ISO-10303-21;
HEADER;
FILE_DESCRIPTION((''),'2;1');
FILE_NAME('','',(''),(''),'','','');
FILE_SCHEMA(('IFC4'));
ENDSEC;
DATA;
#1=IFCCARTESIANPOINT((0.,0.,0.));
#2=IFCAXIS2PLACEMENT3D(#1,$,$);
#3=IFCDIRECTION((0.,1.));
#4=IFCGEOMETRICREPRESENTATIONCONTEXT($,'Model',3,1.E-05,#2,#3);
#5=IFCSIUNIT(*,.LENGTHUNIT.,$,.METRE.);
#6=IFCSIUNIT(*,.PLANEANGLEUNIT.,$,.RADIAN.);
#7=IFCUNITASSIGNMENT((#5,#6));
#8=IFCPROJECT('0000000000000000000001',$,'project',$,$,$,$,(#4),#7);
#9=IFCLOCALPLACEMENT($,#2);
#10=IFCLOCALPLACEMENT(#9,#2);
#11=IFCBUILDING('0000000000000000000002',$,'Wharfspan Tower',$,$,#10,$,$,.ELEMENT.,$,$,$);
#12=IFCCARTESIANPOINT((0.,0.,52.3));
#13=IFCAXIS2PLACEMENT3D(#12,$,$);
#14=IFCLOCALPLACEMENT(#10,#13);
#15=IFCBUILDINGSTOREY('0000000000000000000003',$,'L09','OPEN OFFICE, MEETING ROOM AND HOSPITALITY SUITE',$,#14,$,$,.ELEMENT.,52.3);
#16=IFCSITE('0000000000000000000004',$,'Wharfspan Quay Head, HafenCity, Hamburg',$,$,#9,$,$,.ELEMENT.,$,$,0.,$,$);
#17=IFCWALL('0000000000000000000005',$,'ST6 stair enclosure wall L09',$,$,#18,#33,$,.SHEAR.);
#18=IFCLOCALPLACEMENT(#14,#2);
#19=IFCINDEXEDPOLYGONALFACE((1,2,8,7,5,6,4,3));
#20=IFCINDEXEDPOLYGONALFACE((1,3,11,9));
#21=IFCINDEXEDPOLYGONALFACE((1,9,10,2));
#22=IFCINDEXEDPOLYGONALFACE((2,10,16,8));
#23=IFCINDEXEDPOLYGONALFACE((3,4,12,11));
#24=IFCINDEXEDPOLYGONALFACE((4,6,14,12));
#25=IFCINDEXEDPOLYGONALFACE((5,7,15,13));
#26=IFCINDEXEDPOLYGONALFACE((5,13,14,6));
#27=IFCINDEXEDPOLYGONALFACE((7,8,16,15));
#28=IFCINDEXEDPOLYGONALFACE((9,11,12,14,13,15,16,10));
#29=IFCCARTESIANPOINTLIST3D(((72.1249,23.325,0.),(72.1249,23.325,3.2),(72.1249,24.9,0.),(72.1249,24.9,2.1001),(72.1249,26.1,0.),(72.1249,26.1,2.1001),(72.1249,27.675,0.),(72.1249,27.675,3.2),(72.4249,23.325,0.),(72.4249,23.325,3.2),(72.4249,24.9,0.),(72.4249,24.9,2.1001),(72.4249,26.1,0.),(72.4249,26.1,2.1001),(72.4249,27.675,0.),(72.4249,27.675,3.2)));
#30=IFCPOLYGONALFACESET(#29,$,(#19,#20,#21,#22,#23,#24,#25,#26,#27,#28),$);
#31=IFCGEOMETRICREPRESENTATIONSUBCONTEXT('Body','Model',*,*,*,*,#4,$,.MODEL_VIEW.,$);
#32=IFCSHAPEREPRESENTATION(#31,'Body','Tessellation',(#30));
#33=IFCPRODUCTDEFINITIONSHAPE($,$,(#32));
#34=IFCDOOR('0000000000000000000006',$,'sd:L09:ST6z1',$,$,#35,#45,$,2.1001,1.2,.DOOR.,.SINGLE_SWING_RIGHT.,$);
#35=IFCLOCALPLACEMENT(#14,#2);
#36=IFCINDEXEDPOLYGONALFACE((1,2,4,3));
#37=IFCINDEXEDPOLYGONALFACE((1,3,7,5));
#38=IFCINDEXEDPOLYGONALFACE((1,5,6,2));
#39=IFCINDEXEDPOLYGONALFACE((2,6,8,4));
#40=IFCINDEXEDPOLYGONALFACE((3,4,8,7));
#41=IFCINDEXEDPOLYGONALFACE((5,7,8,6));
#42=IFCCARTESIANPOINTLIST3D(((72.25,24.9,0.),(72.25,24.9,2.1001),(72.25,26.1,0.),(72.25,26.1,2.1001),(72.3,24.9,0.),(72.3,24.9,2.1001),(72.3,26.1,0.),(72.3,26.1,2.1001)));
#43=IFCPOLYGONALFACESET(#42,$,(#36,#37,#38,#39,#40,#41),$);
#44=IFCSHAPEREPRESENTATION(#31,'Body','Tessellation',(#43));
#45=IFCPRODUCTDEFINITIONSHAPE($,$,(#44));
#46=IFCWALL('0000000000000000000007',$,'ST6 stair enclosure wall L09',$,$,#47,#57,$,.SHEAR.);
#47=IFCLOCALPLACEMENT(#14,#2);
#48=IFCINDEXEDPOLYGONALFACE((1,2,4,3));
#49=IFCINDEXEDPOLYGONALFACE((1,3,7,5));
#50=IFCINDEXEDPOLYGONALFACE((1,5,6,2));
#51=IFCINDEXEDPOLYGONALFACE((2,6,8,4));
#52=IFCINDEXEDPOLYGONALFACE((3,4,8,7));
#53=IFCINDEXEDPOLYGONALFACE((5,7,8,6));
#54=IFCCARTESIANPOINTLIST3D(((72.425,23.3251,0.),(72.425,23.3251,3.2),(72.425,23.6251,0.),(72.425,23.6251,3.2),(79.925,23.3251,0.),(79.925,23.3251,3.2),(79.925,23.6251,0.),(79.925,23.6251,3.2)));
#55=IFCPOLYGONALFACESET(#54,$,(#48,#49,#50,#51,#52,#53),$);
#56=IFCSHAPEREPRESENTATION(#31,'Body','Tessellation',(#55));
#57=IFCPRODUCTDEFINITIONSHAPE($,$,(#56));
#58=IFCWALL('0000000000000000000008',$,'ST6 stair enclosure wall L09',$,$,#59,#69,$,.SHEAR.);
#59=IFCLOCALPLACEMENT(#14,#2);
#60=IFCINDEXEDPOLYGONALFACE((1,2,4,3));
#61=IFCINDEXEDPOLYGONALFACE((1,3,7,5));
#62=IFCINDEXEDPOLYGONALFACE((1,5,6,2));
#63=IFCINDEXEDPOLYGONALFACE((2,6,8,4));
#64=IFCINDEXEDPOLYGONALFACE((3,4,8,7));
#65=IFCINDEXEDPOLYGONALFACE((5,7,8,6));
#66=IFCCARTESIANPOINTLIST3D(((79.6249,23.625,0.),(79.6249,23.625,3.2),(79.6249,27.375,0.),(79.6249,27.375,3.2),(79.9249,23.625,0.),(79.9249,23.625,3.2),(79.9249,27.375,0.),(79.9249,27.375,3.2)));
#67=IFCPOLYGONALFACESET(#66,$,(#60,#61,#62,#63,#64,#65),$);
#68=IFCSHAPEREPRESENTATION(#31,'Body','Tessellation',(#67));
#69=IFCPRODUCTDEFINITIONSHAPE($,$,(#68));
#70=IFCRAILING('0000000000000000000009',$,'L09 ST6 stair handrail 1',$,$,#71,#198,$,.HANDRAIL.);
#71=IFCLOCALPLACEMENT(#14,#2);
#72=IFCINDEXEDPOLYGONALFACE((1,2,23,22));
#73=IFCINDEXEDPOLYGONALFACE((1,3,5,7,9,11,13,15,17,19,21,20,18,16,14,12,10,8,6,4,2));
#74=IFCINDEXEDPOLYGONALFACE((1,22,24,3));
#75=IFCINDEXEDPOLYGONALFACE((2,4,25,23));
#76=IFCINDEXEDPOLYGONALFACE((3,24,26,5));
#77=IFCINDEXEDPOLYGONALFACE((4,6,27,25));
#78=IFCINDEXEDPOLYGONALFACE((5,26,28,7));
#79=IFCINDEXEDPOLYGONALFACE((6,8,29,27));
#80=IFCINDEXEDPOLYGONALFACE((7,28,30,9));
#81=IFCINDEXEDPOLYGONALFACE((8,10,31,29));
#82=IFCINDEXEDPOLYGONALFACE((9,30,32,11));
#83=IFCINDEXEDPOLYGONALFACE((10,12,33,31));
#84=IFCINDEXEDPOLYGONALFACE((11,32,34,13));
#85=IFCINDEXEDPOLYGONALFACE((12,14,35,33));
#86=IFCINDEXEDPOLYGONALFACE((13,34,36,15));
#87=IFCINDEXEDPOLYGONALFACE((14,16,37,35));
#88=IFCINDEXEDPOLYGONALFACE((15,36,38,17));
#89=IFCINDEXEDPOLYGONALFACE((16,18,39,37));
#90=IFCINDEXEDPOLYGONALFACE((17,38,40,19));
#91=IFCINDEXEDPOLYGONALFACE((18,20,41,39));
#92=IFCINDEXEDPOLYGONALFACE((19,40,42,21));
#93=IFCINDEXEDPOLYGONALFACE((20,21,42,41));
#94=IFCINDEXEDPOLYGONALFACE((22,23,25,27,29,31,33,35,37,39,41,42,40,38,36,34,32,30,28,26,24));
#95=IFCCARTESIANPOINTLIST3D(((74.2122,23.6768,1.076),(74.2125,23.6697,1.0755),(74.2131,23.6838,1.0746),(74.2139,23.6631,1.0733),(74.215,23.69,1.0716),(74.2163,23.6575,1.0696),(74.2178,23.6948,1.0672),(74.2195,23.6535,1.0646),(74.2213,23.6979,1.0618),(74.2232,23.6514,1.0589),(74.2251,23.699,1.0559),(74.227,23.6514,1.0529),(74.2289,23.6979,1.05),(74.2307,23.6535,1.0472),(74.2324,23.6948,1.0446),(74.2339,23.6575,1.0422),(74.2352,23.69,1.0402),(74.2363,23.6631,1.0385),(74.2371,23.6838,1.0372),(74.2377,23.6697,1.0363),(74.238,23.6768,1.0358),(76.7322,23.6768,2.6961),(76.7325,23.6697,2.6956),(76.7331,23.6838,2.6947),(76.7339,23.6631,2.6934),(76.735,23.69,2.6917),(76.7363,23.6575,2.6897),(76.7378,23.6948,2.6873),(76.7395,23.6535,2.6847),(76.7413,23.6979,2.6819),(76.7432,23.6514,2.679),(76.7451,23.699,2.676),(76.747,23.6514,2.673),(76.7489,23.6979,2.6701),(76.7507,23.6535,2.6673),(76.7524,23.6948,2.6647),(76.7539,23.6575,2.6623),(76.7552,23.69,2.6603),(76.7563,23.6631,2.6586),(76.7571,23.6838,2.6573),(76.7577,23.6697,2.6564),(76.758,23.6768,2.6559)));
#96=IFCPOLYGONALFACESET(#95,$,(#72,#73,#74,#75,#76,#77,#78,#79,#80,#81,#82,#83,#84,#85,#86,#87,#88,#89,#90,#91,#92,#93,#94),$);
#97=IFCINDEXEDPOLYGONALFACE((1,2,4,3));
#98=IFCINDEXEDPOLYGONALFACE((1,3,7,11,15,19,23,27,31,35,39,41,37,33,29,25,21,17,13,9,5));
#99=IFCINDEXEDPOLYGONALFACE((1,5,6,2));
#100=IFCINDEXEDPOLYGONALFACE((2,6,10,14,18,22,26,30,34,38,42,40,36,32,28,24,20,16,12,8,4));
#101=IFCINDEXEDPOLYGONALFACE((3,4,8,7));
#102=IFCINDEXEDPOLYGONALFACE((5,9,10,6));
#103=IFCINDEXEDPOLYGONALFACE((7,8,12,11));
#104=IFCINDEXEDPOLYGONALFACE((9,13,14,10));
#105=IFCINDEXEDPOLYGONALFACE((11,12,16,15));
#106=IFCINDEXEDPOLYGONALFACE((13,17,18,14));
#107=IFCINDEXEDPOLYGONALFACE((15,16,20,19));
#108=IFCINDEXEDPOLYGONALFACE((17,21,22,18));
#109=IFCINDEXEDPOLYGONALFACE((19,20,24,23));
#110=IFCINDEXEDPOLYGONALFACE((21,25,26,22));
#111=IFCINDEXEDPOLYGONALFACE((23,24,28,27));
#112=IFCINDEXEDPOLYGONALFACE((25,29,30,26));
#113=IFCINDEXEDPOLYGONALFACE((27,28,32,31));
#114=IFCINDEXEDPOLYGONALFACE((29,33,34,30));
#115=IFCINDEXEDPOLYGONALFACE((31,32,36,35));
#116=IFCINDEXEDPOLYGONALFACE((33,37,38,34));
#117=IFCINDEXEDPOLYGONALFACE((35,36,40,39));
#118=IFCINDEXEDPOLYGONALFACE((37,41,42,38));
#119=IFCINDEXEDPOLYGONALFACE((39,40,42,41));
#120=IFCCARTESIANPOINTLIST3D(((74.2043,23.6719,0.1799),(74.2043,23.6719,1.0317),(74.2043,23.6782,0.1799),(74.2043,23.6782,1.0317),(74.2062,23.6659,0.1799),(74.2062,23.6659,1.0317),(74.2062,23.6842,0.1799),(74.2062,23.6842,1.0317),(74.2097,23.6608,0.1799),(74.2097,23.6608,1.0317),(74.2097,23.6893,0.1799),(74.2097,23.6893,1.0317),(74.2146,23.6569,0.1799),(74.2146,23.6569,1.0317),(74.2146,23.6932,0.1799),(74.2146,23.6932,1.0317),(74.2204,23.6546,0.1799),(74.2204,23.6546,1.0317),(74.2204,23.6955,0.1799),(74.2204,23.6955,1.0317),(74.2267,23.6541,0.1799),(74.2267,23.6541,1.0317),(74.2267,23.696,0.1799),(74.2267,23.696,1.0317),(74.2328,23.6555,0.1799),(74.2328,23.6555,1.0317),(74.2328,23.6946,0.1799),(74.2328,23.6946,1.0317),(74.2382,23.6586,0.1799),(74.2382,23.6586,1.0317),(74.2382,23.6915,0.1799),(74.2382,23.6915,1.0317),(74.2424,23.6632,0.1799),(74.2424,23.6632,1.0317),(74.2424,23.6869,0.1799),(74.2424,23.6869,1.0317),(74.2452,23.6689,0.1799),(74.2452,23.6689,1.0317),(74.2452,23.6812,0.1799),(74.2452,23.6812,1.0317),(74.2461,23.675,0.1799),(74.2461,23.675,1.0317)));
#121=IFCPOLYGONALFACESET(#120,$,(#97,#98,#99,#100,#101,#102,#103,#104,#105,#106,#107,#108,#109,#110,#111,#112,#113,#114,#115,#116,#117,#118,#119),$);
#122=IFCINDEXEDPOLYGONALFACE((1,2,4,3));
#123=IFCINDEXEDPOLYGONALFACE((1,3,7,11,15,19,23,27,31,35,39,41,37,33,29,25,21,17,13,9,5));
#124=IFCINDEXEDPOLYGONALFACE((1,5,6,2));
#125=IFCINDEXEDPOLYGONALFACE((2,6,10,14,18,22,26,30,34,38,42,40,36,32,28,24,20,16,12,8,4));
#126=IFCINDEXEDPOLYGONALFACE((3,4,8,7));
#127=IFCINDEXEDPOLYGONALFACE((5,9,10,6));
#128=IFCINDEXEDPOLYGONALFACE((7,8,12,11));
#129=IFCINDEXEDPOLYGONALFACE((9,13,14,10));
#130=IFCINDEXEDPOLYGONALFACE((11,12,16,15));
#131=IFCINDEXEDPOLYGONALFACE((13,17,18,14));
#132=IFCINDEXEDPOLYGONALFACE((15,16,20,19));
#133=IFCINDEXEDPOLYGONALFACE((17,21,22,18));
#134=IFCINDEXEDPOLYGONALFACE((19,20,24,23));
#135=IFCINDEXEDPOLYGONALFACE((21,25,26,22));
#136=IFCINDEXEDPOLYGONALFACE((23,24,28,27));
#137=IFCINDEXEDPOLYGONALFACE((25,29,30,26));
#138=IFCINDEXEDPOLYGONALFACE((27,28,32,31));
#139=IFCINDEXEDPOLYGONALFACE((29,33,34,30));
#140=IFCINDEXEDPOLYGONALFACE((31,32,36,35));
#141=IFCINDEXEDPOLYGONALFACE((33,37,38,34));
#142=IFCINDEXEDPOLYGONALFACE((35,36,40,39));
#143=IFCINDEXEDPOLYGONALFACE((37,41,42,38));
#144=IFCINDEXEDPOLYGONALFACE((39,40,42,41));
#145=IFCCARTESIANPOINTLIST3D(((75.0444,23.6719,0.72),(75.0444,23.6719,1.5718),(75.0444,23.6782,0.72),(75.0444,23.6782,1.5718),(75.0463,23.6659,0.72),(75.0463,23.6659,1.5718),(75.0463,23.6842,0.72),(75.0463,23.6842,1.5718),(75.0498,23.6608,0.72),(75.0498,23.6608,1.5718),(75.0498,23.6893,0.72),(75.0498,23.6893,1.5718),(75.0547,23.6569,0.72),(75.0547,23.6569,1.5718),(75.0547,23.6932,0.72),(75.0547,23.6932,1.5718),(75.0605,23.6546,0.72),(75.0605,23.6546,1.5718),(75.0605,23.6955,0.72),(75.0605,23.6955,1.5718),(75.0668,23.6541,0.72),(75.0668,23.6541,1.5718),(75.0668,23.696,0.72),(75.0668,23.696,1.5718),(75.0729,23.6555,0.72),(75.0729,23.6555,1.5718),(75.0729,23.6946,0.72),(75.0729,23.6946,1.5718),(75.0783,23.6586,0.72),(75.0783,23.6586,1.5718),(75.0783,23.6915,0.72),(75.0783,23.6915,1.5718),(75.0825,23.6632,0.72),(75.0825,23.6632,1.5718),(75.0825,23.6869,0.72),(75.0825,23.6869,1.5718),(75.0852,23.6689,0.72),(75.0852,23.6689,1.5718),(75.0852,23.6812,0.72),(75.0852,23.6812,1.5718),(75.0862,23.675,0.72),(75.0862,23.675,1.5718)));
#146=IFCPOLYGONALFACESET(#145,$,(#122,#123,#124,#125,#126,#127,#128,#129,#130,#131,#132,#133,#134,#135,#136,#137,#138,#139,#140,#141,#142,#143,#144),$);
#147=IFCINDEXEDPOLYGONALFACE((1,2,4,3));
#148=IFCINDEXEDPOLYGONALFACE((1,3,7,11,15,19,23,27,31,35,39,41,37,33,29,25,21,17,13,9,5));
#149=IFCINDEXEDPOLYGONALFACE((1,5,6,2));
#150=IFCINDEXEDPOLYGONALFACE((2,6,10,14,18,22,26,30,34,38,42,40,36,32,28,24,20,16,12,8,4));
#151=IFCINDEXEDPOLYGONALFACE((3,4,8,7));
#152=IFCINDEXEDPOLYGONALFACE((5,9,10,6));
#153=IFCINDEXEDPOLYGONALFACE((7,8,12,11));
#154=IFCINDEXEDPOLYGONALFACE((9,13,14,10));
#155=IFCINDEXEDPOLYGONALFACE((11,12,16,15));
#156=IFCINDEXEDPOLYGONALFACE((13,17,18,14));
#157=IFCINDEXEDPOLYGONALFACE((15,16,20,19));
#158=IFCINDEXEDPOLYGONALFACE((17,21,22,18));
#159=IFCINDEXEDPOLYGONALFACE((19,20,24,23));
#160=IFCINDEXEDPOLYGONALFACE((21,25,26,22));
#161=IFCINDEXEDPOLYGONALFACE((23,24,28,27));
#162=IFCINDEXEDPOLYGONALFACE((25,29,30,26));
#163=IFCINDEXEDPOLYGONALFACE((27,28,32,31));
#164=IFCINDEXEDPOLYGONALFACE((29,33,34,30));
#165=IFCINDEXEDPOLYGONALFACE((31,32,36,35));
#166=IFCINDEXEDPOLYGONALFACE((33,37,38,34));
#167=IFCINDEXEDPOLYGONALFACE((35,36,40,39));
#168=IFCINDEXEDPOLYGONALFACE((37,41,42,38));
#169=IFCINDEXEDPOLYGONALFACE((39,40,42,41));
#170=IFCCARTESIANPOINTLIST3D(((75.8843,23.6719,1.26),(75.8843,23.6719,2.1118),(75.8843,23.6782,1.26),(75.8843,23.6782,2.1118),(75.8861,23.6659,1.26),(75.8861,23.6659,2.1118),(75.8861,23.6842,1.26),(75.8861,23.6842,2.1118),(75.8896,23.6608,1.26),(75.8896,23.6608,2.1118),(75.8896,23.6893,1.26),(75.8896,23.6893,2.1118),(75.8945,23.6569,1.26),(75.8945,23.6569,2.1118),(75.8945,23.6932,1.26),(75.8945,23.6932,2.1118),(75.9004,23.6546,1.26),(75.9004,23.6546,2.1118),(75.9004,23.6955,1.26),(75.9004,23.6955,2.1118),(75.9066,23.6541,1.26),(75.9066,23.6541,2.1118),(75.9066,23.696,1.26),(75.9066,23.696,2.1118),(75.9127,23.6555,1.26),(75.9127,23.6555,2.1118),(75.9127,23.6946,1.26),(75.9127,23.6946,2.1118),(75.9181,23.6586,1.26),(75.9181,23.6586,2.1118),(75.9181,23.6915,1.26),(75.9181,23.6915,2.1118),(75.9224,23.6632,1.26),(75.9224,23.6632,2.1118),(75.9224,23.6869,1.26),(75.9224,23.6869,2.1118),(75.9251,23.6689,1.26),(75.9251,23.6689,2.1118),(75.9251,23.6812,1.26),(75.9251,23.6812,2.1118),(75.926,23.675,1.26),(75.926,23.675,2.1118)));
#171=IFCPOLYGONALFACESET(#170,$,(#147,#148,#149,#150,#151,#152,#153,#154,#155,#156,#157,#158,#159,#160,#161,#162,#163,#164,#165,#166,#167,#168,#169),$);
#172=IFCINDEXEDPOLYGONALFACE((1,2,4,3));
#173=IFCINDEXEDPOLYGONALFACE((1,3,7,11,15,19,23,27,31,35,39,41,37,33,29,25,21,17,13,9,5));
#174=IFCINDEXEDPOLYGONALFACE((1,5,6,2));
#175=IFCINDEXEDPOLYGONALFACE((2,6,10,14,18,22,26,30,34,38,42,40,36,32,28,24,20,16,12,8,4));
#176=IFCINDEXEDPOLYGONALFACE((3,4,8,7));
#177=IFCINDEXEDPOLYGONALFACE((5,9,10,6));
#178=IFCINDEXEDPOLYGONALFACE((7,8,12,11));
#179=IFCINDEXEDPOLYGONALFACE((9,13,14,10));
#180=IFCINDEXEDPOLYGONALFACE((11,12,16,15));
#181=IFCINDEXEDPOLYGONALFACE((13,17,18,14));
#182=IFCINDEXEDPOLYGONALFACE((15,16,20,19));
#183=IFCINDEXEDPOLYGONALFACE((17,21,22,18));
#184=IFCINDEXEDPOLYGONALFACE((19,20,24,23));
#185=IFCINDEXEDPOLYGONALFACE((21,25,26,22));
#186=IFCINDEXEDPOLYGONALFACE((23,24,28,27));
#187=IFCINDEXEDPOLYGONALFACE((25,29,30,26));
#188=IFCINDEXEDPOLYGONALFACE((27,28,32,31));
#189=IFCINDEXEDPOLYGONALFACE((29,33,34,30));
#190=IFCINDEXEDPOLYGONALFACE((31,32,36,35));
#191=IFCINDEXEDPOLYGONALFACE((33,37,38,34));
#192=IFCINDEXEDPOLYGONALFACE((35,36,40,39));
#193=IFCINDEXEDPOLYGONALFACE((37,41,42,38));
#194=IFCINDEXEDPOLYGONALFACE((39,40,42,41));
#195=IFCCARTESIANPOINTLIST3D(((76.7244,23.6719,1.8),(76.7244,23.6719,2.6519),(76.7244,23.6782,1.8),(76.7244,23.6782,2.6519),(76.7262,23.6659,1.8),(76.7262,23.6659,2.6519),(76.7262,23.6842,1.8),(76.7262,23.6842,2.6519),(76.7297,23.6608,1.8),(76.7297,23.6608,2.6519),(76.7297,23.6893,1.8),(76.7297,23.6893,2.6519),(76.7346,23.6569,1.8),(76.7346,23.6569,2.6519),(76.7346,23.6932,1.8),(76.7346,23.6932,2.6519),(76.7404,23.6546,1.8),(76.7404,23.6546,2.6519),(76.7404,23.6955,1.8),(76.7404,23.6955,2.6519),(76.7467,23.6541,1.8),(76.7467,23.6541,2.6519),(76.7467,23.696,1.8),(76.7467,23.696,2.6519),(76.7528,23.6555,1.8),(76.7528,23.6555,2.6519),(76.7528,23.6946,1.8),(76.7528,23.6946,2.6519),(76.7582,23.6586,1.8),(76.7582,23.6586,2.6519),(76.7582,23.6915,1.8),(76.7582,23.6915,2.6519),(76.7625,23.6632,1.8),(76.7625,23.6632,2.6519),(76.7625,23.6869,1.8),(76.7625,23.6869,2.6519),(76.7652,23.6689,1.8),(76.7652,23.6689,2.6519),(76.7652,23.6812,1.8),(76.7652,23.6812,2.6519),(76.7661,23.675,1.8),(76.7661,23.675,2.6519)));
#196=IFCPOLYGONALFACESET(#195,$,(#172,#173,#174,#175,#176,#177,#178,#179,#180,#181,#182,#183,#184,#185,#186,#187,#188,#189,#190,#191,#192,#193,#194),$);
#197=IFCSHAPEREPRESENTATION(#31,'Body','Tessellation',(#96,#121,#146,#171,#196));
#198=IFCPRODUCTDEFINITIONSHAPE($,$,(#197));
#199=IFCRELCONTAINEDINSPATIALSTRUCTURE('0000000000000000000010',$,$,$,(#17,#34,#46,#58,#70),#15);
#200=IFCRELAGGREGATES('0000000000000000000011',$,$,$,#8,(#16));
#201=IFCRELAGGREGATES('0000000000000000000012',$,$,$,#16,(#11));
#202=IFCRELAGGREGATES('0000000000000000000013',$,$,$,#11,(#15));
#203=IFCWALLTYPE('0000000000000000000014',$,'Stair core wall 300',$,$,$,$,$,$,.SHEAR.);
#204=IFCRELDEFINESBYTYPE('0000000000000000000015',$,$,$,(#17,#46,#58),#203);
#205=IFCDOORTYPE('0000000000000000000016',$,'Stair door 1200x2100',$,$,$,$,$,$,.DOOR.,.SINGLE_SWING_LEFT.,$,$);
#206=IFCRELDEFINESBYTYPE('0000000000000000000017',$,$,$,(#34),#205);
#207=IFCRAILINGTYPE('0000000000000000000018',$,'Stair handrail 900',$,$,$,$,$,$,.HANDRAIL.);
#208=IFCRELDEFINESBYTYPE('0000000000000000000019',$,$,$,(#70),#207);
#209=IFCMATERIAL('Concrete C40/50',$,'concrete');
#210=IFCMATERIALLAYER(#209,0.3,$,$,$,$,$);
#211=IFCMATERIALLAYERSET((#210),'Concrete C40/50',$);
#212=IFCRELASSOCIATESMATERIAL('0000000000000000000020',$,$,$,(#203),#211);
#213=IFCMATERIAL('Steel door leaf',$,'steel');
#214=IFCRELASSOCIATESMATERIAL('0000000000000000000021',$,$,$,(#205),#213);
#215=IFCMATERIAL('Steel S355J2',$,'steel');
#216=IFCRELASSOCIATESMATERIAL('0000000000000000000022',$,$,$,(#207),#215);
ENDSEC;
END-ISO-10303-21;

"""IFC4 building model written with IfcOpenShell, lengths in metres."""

from ifc_helpers import new_model, si_unit, direction, frame, frame_2d, origin, origin_2d, place, context, subcontext, project, spatial, rectangle, circle, extrude, material, layer, layer_set, type_object, element, fill, save


model = new_model("IFC4")

# Units and contexts
model_context = context("Model", 3, precision=1e-05, world=origin(), true_north=direction((0.0, 1.0)))
body_context = subcontext(model_context, "Body", "Model", "MODEL_VIEW")
ifc_project = project(units=[si_unit("LENGTHUNIT", "METRE"), si_unit("PLANEANGLEUNIT", "RADIAN")], contexts=[model_context])

# Site, building, storey
site_placement = place(None, origin())
site = spatial("IfcSite", under=ifc_project, at=site_placement, Name="Wharfspan Quay Head, HafenCity, Hamburg", CompositionType="ELEMENT", RefElevation=0.0)
building_placement = place(site_placement, origin())
building = spatial("IfcBuilding", under=site, at=building_placement, Name="Wharfspan Tower", CompositionType="ELEMENT")
storey_placement = place(building_placement, frame((0.0, 0.0, 52.3)))
storey = spatial("IfcBuildingStorey", under=building, at=storey_placement, Name="L09", Description="OPEN OFFICE, MEETING ROOM AND HOSPITALITY SUITE", CompositionType="ELEMENT", Elevation=52.3)

# Shared definitions
ifc_material_1 = material(Name="Steel S355J2", Category="steel")

# Wall, opening, door
ifc_material_2 = material(Name="Concrete C40/50", Category="concrete")
ifc_layer_1 = layer(ifc_material_2, 0.3)
ifc_layer_set_1 = layer_set([ifc_layer_1], Name="Concrete C40/50")
wall_type_1 = type_object("IfcWallType", Name="Stair core wall 300", PredefinedType="SHEAR", material=ifc_layer_set_1)
wall_1_placement = place(storey_placement, frame((72.2749, 23.325, 0.0), z_axis=(0.0, 0.0, 1.0), x_axis=(0.0, 1.0, 0.0)))
wall_1 = element("IfcWall", 1, at=wall_1_placement, inside=storey, type_object=wall_type_1, Name="ST6 stair enclosure wall L09", PredefinedType="SHEAR", context=body_context, shape_type="SweptSolid", body=[
    extrude(rectangle(XDim=4.3501, YDim=0.3, at=frame_2d((2.175, 0.0))), origin(), (0.0, 0.0, 1.0), 3.2),
])
opening_1_placement = place(wall_1_placement, frame((1.575, 0.0, 0.0)))
opening_1 = element("IfcOpeningElement", 2, at=opening_1_placement, cuts=wall_1, PredefinedType="OPENING", context=body_context, shape_type="SweptSolid", body=[
    extrude(rectangle(XDim=1.2, YDim=2.1001, at=frame_2d((0.6001, 1.05))), frame((0.0, 0.1599, 0.0), z_axis=(0.0, -1.0, 0.0), x_axis=(1.0, 0.0, 0.0)), (0.0, 0.0, 1.0), 0.3201),
])
ifc_material_3 = material(Name="Steel door leaf", Category="steel")
door_type_1 = type_object("IfcDoorType", Name="Stair door 1200x2100", OperationType="SINGLE_SWING_LEFT", PredefinedType="DOOR", material=ifc_material_3)
door_1_placement = place(opening_1_placement, origin())
door_1 = element("IfcDoor", 3, at=door_1_placement, inside=storey, type_object=door_type_1, Name="sd:L09:ST6z1", OperationType="SINGLE_SWING_RIGHT", OverallHeight=2.1001, OverallWidth=1.2, PredefinedType="DOOR", context=body_context, shape_type="SweptSolid", body=[
    extrude(rectangle(XDim=1.2, YDim=2.1001, at=frame_2d((0.6001, 1.05))), frame((0.0, 0.0249, 0.0), z_axis=(0.0, -1.0, 0.0), x_axis=(1.0, 0.0, 0.0)), (0.0, 0.0, 1.0), 0.05),
])
fill(opening_1, door_1)

# Walls
wall_2_placement = place(storey_placement, frame((72.425, 23.4751, 0.0), z_axis=(0.0, 0.0, 1.0), x_axis=(1.0, 0.0, 0.0)))
element("IfcWall", 4, at=wall_2_placement, inside=storey, type_object=wall_type_1, Name="ST6 stair enclosure wall L09", PredefinedType="SHEAR", context=body_context, shape_type="SweptSolid", body=[
    extrude(rectangle(XDim=7.5, YDim=0.3, at=frame_2d((3.75, 0.0))), origin(), (0.0, 0.0, 1.0), 3.2),
])
wall_3_placement = place(storey_placement, frame((79.7749, 23.625, 0.0), z_axis=(0.0, 0.0, 1.0), x_axis=(0.0, 1.0, 0.0)))
element("IfcWall", 5, at=wall_3_placement, inside=storey, type_object=wall_type_1, Name="ST6 stair enclosure wall L09", PredefinedType="SHEAR", context=body_context, shape_type="SweptSolid", body=[
    extrude(rectangle(XDim=3.75, YDim=0.3, at=frame_2d((1.875, 0.0))), origin(), (0.0, 0.0, 1.0), 3.2),
])

# Railing
railing_type = type_object("IfcRailingType", Name="Stair handrail 900", PredefinedType="HANDRAIL", material=ifc_material_1)
railing_placement = place(storey_placement, frame((74.2251, 23.675, 0.1799)))
element("IfcRailing", 6, at=railing_placement, inside=storey, type_object=railing_type, Name="L09 ST6 stair handrail 1", PredefinedType="HANDRAIL", context=body_context, shape_type="SweptSolid", body=[
    extrude(circle(Radius=0.0239, at=origin_2d()), frame((0.0, 0.0, 0.876), z_axis=(0.841163, 0.0, 0.540782), x_axis=(0.0, 1.0, 0.0)), (0.0, 0.0, 1.0), 2.9958),
    extrude(circle(Radius=0.021, at=origin_2d()), origin(), (0.0, 0.0, 1.0), 0.8518),
    extrude(circle(Radius=0.021, at=origin_2d()), frame((0.8401, 0.0, 0.54)), (0.0, 0.0, 1.0), 0.8518),
    extrude(circle(Radius=0.021, at=origin_2d()), frame((1.6799, 0.0, 1.0801)), (0.0, 0.0, 1.0), 0.8518),
    extrude(circle(Radius=0.021, at=origin_2d()), frame((2.52, 0.0, 1.6201)), (0.0, 0.0, 1.0), 0.8518),
])

save(model, "model.ifc")
